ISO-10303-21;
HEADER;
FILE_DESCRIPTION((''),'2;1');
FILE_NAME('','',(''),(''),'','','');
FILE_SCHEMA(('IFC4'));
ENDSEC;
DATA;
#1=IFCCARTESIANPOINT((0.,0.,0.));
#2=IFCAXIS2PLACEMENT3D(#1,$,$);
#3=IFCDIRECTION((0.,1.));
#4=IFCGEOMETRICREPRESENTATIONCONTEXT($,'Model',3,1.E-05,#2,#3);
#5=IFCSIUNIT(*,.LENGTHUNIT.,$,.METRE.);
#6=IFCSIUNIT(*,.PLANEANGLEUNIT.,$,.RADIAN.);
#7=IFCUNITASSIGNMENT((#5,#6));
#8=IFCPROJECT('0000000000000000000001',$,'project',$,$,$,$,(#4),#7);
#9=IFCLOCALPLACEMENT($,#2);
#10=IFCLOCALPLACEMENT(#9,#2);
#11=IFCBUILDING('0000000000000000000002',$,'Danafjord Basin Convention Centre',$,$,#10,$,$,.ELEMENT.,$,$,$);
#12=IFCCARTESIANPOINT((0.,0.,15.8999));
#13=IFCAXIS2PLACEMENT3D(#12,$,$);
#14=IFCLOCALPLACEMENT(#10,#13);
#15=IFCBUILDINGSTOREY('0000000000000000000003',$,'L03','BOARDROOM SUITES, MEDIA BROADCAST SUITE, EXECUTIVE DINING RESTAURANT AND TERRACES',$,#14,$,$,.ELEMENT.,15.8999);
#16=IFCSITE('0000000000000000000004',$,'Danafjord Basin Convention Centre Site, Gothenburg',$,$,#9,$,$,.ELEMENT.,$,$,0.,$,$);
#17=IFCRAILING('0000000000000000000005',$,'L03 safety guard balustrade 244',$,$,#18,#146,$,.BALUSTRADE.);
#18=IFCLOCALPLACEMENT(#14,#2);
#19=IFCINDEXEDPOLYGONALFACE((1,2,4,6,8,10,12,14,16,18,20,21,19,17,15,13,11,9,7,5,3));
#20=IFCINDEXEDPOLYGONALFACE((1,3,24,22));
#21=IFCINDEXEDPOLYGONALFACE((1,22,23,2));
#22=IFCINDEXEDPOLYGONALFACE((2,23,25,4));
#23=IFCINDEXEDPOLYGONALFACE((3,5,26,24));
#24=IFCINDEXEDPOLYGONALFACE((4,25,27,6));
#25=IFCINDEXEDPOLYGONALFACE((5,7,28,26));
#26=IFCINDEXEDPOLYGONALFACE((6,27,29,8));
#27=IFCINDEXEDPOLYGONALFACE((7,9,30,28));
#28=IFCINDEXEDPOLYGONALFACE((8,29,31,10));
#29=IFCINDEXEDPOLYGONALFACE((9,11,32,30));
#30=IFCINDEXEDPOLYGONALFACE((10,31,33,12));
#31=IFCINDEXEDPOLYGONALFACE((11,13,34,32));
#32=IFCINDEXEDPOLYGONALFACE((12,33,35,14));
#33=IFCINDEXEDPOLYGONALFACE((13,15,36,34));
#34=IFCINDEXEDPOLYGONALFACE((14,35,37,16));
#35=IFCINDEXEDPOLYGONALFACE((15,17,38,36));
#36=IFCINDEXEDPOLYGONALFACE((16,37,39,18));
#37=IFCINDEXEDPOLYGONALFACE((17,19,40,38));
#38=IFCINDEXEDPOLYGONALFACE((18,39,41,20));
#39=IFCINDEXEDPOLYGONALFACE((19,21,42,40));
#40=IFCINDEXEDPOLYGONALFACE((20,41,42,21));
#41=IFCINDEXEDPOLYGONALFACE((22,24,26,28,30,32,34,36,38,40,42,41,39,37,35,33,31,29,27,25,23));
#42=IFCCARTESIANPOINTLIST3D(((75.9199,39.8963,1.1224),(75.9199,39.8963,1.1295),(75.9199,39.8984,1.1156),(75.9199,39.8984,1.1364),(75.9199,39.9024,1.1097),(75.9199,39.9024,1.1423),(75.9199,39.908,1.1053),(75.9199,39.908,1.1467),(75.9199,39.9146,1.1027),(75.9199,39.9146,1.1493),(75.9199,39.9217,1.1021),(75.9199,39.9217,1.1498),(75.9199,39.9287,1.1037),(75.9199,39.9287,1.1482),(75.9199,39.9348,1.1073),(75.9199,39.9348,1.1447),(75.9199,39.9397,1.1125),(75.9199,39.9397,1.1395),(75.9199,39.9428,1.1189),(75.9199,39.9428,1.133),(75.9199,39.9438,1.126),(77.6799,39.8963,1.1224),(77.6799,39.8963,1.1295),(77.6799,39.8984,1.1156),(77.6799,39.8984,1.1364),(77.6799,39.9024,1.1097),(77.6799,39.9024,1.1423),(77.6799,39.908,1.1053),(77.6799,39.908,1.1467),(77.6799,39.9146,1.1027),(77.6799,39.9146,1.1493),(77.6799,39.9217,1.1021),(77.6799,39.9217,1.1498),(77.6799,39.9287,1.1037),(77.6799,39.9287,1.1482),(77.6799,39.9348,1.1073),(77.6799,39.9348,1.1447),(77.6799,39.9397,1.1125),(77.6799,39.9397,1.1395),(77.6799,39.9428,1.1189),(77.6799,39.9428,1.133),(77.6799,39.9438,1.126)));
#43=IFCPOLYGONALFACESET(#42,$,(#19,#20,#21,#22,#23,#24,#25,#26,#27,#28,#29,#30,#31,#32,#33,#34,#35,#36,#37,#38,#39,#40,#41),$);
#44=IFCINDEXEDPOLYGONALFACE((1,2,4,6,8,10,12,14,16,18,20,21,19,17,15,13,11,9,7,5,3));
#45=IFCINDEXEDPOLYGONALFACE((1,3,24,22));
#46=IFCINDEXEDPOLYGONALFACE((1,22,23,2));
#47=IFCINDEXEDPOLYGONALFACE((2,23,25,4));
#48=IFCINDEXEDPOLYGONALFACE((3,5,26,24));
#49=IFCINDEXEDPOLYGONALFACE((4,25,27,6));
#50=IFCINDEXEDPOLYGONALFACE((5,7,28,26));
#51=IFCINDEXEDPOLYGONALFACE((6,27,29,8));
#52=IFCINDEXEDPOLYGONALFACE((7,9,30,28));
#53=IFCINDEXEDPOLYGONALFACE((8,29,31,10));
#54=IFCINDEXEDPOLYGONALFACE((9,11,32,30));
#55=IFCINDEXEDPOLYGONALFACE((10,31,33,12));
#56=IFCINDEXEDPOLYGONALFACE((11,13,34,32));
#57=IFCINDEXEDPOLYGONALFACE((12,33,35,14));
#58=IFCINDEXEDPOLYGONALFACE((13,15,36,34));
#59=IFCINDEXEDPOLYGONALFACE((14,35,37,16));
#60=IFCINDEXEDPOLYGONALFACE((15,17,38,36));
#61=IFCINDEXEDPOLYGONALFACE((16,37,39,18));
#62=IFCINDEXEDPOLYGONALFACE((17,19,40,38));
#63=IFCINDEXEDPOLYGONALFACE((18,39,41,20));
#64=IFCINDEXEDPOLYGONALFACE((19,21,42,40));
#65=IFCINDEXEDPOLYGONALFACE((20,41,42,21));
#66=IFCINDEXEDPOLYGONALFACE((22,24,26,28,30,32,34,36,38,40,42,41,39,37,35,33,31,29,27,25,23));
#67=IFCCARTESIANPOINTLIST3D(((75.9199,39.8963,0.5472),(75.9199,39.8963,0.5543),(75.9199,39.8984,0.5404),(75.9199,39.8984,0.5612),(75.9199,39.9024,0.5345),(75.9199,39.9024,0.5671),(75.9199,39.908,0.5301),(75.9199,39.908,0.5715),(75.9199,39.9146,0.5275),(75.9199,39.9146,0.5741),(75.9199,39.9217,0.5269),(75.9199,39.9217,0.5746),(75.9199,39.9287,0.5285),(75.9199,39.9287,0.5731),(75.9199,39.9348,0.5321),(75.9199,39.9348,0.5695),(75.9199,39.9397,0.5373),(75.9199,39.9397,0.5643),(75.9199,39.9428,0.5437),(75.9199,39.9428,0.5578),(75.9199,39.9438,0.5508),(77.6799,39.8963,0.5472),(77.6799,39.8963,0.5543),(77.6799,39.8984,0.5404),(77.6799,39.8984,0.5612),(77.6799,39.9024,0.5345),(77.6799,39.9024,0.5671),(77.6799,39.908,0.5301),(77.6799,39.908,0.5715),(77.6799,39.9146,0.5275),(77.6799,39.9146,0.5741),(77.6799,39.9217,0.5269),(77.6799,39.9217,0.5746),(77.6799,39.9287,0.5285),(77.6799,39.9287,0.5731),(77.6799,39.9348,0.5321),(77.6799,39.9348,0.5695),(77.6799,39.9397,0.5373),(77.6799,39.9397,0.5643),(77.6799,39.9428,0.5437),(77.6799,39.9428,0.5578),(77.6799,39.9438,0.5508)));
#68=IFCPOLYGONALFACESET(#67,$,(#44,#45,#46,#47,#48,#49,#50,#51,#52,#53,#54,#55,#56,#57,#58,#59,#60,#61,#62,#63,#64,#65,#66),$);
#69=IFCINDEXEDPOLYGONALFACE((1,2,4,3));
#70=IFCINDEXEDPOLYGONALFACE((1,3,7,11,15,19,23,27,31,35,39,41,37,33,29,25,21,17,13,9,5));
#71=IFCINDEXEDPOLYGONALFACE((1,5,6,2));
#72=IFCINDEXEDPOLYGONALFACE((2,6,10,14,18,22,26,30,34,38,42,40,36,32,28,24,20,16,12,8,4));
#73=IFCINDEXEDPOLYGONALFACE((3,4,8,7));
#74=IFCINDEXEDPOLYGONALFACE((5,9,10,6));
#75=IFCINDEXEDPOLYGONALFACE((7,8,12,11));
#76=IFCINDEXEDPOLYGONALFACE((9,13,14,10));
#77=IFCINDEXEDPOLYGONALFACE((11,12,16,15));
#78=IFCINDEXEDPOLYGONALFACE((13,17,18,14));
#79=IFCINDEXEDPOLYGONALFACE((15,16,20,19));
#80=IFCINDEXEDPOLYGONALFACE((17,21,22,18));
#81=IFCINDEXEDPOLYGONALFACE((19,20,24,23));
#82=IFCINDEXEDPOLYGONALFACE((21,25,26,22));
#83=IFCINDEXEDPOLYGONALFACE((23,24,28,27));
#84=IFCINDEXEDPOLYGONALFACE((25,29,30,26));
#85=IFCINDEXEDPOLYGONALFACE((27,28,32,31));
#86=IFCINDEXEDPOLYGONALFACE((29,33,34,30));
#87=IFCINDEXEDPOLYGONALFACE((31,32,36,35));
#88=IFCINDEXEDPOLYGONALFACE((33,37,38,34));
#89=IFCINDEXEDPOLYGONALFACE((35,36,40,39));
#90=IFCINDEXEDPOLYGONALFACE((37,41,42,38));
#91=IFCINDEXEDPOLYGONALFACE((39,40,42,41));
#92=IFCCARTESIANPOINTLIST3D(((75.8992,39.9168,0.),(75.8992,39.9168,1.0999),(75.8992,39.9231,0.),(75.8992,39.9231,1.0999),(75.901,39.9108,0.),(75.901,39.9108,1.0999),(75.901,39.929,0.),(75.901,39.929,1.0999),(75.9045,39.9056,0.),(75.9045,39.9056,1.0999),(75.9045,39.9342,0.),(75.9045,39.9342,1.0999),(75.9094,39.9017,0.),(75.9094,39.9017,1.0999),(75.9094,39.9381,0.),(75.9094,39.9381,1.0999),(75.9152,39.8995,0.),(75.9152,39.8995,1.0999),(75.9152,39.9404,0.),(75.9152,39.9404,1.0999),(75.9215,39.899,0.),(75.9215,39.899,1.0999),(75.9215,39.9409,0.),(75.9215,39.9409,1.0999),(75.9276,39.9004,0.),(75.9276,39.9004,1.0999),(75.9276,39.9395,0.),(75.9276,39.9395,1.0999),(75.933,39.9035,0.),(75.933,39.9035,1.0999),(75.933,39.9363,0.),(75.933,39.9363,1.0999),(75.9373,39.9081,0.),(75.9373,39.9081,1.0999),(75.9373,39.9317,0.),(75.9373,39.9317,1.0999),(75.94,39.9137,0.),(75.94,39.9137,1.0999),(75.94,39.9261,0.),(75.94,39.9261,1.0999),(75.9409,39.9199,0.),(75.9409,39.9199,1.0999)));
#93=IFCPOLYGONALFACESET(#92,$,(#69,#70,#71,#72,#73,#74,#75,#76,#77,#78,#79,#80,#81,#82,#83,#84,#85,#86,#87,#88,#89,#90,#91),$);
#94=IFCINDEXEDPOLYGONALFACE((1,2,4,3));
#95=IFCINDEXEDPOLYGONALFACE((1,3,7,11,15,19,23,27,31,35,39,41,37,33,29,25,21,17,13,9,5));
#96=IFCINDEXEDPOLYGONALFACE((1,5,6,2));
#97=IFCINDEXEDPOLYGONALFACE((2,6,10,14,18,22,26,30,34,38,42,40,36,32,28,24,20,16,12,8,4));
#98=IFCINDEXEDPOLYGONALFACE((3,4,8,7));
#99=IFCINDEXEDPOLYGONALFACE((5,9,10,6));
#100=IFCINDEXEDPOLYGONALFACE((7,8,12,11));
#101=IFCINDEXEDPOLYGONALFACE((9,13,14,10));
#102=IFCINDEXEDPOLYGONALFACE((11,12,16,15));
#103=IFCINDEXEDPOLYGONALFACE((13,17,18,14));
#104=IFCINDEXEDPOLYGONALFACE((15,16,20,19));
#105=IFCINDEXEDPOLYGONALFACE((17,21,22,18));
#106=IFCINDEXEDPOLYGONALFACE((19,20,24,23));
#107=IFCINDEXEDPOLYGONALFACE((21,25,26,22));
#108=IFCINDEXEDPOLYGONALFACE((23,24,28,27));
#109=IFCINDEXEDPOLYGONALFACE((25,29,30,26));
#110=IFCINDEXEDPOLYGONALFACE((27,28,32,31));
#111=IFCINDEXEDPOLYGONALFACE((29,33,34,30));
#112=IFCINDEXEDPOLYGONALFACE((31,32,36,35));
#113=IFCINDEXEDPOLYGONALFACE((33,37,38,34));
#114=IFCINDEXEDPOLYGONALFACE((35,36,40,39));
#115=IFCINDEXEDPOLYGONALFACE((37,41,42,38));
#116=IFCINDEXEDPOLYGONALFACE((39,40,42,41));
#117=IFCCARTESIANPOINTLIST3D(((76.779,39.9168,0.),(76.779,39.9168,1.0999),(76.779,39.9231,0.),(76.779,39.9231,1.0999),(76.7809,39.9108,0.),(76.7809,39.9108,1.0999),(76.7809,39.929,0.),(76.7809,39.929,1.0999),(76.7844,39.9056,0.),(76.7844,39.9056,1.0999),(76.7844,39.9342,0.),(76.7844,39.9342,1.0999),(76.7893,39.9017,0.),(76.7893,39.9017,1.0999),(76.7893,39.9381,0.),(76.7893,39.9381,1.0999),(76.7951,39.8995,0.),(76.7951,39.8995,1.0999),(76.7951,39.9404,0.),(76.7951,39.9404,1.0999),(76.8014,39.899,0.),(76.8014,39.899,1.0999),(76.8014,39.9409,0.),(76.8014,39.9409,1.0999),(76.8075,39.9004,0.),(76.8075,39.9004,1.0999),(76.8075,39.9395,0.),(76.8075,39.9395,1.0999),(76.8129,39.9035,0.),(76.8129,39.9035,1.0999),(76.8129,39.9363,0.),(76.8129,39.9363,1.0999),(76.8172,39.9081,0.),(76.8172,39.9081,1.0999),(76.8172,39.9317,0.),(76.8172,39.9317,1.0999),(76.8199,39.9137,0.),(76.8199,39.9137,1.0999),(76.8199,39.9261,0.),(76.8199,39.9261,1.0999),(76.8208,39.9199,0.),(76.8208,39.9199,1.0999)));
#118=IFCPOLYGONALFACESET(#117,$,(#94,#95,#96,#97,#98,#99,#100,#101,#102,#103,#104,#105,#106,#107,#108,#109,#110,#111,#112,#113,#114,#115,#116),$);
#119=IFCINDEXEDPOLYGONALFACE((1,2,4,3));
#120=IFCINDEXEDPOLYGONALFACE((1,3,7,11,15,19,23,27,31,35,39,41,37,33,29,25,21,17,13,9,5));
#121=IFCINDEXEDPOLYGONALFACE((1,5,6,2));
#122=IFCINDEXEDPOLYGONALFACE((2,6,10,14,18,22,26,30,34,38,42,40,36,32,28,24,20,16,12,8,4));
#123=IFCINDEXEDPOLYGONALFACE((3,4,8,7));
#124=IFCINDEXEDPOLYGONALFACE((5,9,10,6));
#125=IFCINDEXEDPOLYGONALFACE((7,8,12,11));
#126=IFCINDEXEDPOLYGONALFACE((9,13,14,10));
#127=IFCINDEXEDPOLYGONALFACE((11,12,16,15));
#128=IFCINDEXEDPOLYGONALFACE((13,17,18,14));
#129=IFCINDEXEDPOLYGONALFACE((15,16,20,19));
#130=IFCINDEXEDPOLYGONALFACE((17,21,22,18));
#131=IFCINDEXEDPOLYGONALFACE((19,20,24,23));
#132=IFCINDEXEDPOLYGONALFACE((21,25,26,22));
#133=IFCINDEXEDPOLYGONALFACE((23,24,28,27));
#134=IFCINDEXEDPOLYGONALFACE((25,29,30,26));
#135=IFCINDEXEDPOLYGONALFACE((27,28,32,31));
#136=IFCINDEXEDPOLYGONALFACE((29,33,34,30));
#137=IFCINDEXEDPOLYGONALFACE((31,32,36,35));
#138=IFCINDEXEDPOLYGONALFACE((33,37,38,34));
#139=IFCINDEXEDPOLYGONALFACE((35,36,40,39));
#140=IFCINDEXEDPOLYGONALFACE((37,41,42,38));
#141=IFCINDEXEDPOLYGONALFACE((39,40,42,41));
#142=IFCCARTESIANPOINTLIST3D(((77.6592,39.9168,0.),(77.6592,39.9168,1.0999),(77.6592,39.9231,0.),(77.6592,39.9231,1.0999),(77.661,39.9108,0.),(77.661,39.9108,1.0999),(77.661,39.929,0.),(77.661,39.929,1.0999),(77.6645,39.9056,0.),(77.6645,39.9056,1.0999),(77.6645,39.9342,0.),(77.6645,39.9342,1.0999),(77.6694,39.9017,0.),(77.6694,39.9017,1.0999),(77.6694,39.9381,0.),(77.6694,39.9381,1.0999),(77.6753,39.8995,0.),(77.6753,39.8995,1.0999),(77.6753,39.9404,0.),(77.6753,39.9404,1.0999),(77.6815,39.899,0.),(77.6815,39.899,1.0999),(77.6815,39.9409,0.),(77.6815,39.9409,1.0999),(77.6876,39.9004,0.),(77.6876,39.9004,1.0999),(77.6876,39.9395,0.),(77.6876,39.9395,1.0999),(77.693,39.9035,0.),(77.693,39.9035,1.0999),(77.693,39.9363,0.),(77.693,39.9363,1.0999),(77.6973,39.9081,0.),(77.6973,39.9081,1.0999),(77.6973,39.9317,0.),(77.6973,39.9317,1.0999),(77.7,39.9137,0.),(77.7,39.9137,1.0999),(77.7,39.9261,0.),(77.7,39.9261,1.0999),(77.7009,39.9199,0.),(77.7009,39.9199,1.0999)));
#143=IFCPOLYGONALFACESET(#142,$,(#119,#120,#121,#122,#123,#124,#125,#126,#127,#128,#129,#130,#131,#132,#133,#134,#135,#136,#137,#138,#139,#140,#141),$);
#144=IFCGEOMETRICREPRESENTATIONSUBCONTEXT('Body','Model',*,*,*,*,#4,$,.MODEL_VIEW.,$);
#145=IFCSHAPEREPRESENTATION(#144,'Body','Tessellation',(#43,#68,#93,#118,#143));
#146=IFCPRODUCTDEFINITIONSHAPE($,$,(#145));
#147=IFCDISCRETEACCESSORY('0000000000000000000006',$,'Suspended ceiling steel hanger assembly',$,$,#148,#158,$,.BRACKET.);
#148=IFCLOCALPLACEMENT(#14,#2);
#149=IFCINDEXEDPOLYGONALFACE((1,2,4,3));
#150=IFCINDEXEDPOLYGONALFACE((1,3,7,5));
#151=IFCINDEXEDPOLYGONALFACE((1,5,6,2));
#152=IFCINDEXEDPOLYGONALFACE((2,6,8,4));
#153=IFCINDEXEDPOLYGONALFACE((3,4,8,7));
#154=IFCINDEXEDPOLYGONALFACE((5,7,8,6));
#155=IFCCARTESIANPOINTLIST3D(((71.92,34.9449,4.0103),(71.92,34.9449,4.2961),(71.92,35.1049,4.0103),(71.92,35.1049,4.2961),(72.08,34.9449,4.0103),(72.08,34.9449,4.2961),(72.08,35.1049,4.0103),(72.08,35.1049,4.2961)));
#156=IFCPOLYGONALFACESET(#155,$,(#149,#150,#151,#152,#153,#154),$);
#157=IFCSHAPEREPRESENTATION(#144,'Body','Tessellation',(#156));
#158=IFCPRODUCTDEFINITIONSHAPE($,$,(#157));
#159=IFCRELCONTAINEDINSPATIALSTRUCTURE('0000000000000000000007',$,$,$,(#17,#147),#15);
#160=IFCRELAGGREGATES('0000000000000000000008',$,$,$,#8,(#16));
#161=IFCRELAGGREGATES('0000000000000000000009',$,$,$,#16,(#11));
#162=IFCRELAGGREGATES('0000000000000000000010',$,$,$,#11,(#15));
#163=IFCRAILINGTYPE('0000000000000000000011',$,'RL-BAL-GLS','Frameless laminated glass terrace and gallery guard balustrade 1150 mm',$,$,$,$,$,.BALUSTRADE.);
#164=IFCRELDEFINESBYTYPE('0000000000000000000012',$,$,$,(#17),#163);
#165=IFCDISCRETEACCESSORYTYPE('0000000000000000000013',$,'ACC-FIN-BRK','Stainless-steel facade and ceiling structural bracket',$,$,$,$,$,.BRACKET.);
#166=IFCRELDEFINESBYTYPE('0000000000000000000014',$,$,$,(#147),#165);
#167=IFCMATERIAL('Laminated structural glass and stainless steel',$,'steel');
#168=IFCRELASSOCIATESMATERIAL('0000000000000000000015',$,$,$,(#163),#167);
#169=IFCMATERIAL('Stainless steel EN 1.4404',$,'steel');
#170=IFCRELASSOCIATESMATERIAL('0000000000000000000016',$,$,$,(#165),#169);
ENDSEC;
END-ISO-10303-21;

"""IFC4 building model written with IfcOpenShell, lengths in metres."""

from ifc_helpers import new_model, si_unit, direction, frame, origin, origin_2d, place, context, subcontext, project, spatial, rectangle, circle, extrude, material, type_object, element, save


model = new_model("IFC4")

# Units and contexts
model_context = context("Model", 3, precision=1e-05, world=origin(), true_north=direction((0.0, 1.0)))
body_context = subcontext(model_context, "Body", "Model", "MODEL_VIEW")
ifc_project = project(units=[si_unit("LENGTHUNIT", "METRE"), si_unit("PLANEANGLEUNIT", "RADIAN")], contexts=[model_context])

# Site, building, storey
site_placement = place(None, origin())
site = spatial("IfcSite", under=ifc_project, at=site_placement, Name="Danafjord Basin Convention Centre Site, Gothenburg", CompositionType="ELEMENT", RefElevation=0.0)
building_placement = place(site_placement, origin())
building = spatial("IfcBuilding", under=site, at=building_placement, Name="Danafjord Basin Convention Centre", CompositionType="ELEMENT")
storey_placement = place(building_placement, frame((0.0, 0.0, 15.8999)))
storey = spatial("IfcBuildingStorey", under=building, at=storey_placement, Name="L03", Description="BOARDROOM SUITES, MEDIA BROADCAST SUITE, EXECUTIVE DINING RESTAURANT AND TERRACES", CompositionType="ELEMENT", Elevation=15.8999)

# Railing
ifc_material_1 = material(Name="Laminated structural glass and stainless steel", Category="steel")
railing_type_1 = type_object("IfcRailingType", Name="RL-BAL-GLS", Description="Frameless laminated glass terrace and gallery guard balustrade 1150 mm", PredefinedType="BALUSTRADE", material=ifc_material_1)
railing_1_placement = place(storey_placement, frame((75.9199, 39.9199, 0.0)))
element("IfcRailing", 1, at=railing_1_placement, inside=storey, type_object=railing_type_1, Name="L03 safety guard balustrade 244", PredefinedType="BALUSTRADE", context=body_context, shape_type="SweptSolid", body=[
    extrude(circle(Radius=0.0239, at=origin_2d()), frame((0.0, 0.0, 1.126), z_axis=(1.0, 0.0, 0.0), x_axis=(0.0, 1.0, 0.0)), (0.0, 0.0, 1.0), 1.76),
    extrude(circle(Radius=0.0239, at=origin_2d()), frame((0.0, 0.0, 0.5508), z_axis=(1.0, 0.0, 0.0), x_axis=(0.0, 1.0, 0.0)), (0.0, 0.0, 1.0), 1.76),
    extrude(circle(Radius=0.021, at=origin_2d()), origin(), (0.0, 0.0, 1.0), 1.0999),
    extrude(circle(Radius=0.021, at=origin_2d()), frame((0.8799, 0.0, 0.0)), (0.0, 0.0, 1.0), 1.0999),
    extrude(circle(Radius=0.021, at=origin_2d()), frame((1.76, 0.0, 0.0)), (0.0, 0.0, 1.0), 1.0999),
])

# Discrete accessory
ifc_material_2 = material(Name="Stainless steel EN 1.4404", Category="steel")
discrete_accessory_type = type_object("IfcDiscreteAccessoryType", Name="ACC-FIN-BRK", Description="Stainless-steel facade and ceiling structural bracket", PredefinedType="BRACKET", material=ifc_material_2)
discrete_accessory_placement = place(storey_placement, frame((72.0, 35.0249, 4.0103), z_axis=(0.0, 0.0, 1.0), x_axis=(1.0, 0.0, 0.0)))
element("IfcDiscreteAccessory", 2, at=discrete_accessory_placement, inside=storey, type_object=discrete_accessory_type, Name="Suspended ceiling steel hanger assembly", PredefinedType="BRACKET", context=body_context, shape_type="SweptSolid", body=[
    extrude(rectangle(XDim=0.1599, YDim=0.1599, at=origin_2d()), origin(), (0.0, 0.0, 1.0), 0.2859),
])

save(model, "model.ifc")
